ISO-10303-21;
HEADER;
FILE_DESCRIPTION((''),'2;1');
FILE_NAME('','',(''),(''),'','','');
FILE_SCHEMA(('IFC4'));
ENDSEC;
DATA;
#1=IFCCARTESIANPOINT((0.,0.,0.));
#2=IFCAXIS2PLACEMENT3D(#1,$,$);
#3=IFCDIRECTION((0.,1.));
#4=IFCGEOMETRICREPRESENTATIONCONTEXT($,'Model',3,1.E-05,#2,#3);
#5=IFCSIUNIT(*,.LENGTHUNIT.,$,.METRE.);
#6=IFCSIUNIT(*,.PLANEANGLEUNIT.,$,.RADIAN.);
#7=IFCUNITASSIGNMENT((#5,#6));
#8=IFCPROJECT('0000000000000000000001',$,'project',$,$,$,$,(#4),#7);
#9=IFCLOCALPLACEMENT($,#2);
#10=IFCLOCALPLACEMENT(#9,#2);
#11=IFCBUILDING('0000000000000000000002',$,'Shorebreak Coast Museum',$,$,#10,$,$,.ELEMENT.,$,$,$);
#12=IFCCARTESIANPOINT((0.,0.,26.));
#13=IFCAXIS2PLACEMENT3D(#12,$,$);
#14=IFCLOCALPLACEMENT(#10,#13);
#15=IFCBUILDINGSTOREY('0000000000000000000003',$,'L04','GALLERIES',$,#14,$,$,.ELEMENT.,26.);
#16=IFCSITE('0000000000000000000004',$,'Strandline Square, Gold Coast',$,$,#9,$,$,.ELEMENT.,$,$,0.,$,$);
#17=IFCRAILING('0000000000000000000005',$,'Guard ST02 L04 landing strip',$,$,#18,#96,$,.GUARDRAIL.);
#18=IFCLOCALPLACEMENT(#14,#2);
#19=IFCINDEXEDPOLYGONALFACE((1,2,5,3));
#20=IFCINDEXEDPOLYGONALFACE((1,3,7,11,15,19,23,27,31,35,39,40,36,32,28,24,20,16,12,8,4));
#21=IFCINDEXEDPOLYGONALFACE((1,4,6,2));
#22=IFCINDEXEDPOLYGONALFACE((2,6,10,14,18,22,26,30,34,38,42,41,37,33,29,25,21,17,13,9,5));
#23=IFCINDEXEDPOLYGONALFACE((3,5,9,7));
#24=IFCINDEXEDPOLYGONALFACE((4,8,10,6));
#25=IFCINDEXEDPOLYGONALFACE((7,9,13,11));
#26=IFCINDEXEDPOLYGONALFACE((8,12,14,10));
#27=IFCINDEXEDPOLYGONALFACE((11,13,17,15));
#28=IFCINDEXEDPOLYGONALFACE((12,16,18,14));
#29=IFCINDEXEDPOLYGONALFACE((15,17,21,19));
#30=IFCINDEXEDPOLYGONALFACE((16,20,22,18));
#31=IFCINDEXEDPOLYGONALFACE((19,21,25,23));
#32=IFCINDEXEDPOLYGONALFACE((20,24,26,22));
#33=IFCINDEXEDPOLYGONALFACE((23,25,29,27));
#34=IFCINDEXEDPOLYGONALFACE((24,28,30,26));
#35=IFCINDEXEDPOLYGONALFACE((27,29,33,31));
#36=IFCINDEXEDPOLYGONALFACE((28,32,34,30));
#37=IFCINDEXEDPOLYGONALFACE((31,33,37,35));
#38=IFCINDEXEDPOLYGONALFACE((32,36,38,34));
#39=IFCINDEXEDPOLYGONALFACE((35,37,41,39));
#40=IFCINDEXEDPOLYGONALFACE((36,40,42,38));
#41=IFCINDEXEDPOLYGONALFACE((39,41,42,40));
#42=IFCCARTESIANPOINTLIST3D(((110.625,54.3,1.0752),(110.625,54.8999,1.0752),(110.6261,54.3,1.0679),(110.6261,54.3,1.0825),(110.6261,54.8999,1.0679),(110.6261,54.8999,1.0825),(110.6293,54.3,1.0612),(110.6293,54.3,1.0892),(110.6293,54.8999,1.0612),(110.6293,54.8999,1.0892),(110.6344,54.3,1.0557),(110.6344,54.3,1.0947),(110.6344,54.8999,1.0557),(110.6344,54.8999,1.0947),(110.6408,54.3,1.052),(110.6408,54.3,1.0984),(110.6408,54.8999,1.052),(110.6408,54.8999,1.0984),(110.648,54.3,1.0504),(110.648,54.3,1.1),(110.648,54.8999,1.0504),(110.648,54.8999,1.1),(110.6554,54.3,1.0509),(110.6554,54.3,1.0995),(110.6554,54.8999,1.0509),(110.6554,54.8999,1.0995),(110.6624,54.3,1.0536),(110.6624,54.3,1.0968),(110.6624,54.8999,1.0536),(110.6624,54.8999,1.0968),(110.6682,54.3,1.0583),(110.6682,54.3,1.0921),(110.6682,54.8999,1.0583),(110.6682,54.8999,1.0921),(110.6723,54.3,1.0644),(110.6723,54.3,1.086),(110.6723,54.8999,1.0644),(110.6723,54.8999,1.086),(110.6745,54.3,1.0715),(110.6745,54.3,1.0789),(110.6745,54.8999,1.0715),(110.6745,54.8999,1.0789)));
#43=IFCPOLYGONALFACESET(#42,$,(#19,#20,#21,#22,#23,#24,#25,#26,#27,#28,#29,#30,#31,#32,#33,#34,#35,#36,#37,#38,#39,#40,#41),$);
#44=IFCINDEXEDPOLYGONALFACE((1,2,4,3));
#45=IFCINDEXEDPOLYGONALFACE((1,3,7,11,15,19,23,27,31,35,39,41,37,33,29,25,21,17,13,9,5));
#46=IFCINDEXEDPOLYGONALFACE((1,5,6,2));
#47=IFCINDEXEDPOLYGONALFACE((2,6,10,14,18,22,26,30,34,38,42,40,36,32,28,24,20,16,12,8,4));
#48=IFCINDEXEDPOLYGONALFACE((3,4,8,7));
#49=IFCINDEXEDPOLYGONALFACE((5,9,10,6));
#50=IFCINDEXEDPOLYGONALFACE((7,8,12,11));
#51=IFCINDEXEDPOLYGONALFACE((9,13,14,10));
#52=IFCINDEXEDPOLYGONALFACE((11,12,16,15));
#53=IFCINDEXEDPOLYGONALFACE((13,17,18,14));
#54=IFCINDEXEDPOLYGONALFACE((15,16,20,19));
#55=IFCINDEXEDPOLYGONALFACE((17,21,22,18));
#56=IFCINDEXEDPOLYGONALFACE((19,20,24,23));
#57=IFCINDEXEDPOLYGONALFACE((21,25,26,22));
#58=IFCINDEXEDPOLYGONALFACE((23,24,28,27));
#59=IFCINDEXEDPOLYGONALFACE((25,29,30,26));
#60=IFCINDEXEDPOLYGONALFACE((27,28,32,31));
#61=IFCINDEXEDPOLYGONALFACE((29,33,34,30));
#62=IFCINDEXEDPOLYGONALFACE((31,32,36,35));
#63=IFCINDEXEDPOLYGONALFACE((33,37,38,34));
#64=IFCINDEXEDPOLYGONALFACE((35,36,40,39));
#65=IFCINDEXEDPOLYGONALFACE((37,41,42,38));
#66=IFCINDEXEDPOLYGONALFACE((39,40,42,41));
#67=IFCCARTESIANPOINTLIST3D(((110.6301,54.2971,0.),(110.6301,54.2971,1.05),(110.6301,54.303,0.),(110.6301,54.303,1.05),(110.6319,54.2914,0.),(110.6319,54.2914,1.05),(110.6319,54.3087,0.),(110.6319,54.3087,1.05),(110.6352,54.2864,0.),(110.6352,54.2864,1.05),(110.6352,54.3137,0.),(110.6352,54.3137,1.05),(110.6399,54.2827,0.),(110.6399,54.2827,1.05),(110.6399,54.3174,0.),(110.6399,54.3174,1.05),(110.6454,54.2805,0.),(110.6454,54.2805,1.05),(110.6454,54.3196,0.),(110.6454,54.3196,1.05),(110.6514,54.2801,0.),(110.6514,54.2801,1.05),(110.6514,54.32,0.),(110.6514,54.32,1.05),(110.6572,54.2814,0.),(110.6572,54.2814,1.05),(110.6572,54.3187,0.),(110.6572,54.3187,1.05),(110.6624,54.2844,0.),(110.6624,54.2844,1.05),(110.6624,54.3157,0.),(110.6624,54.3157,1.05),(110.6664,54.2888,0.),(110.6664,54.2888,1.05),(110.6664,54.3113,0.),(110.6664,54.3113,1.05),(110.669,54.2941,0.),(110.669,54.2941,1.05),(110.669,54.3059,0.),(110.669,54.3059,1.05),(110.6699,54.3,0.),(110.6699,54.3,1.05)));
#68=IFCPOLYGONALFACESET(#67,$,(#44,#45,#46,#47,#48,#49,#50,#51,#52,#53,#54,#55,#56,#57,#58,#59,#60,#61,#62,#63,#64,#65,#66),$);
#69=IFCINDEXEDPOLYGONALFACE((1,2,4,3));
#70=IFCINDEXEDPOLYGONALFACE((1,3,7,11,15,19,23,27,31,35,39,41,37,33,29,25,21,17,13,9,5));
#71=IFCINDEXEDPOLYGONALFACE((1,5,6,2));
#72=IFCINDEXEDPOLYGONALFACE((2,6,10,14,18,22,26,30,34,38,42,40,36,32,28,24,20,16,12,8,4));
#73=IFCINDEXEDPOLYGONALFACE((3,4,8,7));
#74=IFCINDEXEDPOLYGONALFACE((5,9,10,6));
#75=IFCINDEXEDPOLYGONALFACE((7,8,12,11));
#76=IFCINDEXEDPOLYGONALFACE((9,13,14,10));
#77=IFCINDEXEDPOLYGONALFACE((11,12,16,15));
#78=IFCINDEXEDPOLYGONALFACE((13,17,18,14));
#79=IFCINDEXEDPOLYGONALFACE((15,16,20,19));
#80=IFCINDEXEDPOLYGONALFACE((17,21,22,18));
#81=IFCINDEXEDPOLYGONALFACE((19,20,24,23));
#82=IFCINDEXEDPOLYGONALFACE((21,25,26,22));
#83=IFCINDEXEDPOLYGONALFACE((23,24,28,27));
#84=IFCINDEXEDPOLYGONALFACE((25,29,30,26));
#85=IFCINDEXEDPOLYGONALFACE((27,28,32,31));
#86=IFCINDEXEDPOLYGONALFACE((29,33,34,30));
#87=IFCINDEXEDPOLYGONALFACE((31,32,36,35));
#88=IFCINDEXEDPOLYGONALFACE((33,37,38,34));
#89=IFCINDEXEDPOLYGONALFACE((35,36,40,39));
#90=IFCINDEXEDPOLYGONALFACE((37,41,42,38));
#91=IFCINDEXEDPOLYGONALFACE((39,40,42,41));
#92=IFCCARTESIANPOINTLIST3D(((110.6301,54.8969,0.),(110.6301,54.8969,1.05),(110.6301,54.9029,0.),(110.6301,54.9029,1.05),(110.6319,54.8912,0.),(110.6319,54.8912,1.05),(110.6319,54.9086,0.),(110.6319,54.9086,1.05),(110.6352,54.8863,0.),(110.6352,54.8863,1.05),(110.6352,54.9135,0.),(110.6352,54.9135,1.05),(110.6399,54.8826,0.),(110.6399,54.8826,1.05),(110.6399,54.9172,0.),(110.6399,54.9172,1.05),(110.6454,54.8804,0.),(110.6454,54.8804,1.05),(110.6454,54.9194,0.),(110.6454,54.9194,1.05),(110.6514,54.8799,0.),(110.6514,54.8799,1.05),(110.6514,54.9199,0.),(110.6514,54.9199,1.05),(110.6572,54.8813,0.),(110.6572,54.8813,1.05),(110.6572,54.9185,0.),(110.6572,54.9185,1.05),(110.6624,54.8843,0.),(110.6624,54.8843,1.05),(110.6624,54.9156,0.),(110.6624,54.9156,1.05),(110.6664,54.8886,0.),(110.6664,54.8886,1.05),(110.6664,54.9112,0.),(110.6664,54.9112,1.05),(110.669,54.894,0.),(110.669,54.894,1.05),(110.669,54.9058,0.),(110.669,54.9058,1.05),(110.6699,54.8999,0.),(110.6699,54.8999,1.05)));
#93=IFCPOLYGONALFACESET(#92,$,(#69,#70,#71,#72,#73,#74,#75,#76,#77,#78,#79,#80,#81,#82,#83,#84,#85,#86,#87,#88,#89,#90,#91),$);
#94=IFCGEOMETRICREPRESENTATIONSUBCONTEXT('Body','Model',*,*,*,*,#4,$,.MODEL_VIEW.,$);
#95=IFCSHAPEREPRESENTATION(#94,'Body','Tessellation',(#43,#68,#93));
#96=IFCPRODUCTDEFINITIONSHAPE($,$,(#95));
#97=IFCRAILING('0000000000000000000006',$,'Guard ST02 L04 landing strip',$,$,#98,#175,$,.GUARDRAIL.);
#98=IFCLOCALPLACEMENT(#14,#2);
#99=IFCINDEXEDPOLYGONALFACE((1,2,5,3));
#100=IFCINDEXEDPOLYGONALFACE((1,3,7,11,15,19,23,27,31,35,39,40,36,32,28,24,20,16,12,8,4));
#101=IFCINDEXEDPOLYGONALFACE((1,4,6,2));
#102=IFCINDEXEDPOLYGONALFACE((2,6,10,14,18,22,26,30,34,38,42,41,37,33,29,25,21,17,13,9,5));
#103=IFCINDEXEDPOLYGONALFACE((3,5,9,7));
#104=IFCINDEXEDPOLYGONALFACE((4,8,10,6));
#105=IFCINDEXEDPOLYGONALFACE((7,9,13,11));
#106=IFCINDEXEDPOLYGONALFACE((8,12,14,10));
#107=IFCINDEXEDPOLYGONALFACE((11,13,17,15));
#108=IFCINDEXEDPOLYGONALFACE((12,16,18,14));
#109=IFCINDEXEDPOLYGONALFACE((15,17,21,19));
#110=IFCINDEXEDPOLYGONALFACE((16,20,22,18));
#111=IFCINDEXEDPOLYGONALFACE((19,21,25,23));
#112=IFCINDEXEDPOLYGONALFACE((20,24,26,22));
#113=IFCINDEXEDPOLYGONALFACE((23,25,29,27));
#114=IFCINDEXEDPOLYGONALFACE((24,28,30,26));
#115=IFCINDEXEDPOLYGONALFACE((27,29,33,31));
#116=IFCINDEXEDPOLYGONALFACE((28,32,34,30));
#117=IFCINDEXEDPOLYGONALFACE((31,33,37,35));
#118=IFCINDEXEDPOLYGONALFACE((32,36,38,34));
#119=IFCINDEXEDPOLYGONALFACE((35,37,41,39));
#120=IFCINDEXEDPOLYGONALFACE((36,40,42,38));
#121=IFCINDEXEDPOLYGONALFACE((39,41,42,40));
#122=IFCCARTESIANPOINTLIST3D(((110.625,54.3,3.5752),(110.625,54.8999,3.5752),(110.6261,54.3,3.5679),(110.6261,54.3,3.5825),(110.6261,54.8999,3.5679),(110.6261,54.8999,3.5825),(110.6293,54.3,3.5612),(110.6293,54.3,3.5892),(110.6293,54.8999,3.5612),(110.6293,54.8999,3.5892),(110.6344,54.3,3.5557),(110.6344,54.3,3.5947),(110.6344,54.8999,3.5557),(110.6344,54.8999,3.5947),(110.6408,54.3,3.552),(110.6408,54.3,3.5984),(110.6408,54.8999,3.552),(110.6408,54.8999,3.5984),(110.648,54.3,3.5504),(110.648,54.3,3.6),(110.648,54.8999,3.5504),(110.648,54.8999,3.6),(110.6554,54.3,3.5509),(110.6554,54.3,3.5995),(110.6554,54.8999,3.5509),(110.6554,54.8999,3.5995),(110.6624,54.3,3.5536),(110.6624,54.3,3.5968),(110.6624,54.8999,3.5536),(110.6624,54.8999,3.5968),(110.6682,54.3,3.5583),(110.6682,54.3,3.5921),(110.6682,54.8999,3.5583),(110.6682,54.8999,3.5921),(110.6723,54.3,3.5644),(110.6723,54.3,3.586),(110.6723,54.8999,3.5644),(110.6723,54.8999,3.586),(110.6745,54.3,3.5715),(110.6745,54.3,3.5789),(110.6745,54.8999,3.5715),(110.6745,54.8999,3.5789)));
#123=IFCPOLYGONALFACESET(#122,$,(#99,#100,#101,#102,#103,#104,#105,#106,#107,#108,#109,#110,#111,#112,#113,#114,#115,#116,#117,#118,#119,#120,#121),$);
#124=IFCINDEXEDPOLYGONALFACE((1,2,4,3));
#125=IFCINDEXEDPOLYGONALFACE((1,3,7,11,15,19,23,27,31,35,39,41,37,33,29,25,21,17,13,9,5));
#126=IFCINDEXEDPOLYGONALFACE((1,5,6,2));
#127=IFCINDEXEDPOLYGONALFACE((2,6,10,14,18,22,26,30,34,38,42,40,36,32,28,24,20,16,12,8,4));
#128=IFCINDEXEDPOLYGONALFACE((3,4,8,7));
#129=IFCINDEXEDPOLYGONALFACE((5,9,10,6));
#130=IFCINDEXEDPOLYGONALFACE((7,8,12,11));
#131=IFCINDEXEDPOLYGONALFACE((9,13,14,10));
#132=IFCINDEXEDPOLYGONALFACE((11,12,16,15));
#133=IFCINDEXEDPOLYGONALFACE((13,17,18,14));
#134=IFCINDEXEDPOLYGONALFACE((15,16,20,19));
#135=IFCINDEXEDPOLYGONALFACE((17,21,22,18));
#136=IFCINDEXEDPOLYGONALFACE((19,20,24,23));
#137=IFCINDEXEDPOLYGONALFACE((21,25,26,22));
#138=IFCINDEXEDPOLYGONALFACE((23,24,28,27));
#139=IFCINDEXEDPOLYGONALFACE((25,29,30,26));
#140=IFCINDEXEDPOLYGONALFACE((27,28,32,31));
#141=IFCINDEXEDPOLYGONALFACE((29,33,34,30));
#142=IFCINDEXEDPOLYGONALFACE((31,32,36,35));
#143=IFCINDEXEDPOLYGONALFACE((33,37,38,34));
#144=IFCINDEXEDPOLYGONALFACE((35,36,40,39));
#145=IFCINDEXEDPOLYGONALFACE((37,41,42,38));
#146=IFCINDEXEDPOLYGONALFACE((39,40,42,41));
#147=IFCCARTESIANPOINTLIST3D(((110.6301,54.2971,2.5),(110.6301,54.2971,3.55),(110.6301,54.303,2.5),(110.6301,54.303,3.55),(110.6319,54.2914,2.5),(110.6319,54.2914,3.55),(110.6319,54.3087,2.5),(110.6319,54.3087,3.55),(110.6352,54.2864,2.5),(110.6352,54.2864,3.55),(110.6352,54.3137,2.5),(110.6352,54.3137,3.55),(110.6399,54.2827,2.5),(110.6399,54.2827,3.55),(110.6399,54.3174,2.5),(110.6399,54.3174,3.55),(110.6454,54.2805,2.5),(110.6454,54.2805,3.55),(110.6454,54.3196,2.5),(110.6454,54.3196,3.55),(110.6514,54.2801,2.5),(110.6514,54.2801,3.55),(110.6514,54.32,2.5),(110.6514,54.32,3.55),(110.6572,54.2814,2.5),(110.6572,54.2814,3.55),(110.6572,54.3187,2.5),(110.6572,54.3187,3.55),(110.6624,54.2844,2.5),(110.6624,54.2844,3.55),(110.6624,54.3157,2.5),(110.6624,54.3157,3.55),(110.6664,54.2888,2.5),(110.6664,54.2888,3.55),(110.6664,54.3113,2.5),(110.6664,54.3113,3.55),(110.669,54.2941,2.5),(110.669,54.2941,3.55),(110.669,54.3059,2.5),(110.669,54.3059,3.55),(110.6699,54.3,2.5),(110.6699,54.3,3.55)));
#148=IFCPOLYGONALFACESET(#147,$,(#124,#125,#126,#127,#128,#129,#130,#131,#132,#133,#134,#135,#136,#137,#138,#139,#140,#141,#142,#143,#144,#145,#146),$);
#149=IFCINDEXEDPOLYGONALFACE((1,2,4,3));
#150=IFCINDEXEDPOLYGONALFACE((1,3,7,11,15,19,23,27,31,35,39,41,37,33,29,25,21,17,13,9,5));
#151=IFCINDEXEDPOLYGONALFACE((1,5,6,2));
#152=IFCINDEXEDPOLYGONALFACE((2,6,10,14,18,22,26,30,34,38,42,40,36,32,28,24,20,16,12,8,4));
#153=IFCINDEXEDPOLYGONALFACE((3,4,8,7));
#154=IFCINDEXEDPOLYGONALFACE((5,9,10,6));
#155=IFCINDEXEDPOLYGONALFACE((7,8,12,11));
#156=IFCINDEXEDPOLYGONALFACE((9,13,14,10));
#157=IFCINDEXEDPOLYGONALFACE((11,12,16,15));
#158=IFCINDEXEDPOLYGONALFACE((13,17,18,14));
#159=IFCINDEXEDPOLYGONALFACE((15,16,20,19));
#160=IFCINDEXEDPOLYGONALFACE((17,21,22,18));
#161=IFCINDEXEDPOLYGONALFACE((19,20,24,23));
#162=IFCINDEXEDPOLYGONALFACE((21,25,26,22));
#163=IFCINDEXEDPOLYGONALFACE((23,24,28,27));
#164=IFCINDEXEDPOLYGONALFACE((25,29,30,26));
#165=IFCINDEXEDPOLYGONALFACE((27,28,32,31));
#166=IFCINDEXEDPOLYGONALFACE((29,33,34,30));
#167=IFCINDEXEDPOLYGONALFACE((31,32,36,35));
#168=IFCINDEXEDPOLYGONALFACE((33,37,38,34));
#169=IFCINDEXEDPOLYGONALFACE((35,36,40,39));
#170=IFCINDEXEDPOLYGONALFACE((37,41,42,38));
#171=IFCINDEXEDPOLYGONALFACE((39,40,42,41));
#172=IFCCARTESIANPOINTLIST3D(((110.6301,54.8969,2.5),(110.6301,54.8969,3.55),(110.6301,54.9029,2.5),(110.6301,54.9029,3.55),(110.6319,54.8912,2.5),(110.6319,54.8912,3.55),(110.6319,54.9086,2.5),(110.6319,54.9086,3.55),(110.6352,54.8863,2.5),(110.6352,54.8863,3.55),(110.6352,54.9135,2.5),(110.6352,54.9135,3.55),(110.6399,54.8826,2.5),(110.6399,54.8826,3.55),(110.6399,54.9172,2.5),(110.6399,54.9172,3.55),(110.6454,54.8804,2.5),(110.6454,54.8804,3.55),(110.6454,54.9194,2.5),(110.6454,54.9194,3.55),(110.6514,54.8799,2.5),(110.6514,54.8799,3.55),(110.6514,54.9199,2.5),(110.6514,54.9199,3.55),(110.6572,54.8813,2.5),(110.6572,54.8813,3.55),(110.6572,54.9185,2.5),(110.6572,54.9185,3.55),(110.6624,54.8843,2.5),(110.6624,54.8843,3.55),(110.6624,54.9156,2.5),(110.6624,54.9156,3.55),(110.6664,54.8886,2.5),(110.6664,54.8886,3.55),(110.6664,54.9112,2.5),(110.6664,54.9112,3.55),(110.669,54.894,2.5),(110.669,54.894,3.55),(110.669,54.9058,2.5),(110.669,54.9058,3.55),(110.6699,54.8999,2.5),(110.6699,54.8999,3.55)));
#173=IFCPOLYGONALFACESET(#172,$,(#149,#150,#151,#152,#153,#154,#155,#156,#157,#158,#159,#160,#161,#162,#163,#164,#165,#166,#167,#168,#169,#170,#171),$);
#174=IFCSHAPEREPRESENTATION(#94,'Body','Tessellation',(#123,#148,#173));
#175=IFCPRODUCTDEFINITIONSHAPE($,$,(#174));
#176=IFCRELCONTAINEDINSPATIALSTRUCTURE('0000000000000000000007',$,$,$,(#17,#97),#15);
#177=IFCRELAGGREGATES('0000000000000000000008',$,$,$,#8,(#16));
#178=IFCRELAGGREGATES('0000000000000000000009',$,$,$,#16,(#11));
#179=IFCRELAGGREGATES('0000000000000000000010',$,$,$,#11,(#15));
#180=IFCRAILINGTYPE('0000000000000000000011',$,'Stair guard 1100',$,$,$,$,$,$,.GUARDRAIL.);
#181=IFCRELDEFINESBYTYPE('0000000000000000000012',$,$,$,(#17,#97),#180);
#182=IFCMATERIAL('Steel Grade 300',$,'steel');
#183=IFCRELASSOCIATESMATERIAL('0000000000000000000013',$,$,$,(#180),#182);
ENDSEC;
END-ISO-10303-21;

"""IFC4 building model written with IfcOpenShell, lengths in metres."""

from ifc_helpers import new_model, si_unit, direction, frame, origin, origin_2d, place, context, subcontext, project, spatial, circle, extrude, material, type_object, element, save


model = new_model("IFC4")

# Units and contexts
model_context = context("Model", 3, precision=1e-05, world=origin(), true_north=direction((0.0, 1.0)))
body_context = subcontext(model_context, "Body", "Model", "MODEL_VIEW")
ifc_project = project(units=[si_unit("LENGTHUNIT", "METRE"), si_unit("PLANEANGLEUNIT", "RADIAN")], contexts=[model_context])

# Site, building, storey
site_placement = place(None, origin())
site = spatial("IfcSite", under=ifc_project, at=site_placement, Name="Strandline Square, Gold Coast", CompositionType="ELEMENT", RefElevation=0.0)
building_placement = place(site_placement, origin())
building = spatial("IfcBuilding", under=site, at=building_placement, Name="Shorebreak Coast Museum", CompositionType="ELEMENT")
storey_placement = place(building_placement, frame((0.0, 0.0, 26.0)))
storey = spatial("IfcBuildingStorey", under=building, at=storey_placement, Name="L04", Description="GALLERIES", CompositionType="ELEMENT", Elevation=26.0)

# Railings
ifc_material_1 = material(Name="Steel Grade 300", Category="steel")
railing_type_1 = type_object("IfcRailingType", Name="Stair guard 1100", PredefinedType="GUARDRAIL", material=ifc_material_1)
for number, where, name in (
    (1, (110.6499, 54.3, 0.0), "Guard ST02 L04 landing strip"),
    (2, (110.6499, 54.3, 2.5), "Guard ST02 L04 landing strip"),
):
    element("IfcRailing", number, at=place(storey_placement, frame(where)), inside=storey, type_object=railing_type_1, Name=name, PredefinedType="GUARDRAIL", context=body_context, shape_type="SweptSolid", body=[
        extrude(circle(Radius=0.0249, at=origin_2d()), frame((0.0, 0.0, 1.0752), z_axis=(0.0, 1.0, 0.0), x_axis=(-1.0, 0.0, 0.0)), (0.0, 0.0, 1.0), 0.5999),
        extrude(circle(Radius=0.02, at=origin_2d()), origin(), (0.0, 0.0, 1.0), 1.05),
        extrude(circle(Radius=0.02, at=origin_2d()), frame((0.0, 0.5999, 0.0)), (0.0, 0.0, 1.0), 1.05),
    ])

save(model, "model.ifc")
